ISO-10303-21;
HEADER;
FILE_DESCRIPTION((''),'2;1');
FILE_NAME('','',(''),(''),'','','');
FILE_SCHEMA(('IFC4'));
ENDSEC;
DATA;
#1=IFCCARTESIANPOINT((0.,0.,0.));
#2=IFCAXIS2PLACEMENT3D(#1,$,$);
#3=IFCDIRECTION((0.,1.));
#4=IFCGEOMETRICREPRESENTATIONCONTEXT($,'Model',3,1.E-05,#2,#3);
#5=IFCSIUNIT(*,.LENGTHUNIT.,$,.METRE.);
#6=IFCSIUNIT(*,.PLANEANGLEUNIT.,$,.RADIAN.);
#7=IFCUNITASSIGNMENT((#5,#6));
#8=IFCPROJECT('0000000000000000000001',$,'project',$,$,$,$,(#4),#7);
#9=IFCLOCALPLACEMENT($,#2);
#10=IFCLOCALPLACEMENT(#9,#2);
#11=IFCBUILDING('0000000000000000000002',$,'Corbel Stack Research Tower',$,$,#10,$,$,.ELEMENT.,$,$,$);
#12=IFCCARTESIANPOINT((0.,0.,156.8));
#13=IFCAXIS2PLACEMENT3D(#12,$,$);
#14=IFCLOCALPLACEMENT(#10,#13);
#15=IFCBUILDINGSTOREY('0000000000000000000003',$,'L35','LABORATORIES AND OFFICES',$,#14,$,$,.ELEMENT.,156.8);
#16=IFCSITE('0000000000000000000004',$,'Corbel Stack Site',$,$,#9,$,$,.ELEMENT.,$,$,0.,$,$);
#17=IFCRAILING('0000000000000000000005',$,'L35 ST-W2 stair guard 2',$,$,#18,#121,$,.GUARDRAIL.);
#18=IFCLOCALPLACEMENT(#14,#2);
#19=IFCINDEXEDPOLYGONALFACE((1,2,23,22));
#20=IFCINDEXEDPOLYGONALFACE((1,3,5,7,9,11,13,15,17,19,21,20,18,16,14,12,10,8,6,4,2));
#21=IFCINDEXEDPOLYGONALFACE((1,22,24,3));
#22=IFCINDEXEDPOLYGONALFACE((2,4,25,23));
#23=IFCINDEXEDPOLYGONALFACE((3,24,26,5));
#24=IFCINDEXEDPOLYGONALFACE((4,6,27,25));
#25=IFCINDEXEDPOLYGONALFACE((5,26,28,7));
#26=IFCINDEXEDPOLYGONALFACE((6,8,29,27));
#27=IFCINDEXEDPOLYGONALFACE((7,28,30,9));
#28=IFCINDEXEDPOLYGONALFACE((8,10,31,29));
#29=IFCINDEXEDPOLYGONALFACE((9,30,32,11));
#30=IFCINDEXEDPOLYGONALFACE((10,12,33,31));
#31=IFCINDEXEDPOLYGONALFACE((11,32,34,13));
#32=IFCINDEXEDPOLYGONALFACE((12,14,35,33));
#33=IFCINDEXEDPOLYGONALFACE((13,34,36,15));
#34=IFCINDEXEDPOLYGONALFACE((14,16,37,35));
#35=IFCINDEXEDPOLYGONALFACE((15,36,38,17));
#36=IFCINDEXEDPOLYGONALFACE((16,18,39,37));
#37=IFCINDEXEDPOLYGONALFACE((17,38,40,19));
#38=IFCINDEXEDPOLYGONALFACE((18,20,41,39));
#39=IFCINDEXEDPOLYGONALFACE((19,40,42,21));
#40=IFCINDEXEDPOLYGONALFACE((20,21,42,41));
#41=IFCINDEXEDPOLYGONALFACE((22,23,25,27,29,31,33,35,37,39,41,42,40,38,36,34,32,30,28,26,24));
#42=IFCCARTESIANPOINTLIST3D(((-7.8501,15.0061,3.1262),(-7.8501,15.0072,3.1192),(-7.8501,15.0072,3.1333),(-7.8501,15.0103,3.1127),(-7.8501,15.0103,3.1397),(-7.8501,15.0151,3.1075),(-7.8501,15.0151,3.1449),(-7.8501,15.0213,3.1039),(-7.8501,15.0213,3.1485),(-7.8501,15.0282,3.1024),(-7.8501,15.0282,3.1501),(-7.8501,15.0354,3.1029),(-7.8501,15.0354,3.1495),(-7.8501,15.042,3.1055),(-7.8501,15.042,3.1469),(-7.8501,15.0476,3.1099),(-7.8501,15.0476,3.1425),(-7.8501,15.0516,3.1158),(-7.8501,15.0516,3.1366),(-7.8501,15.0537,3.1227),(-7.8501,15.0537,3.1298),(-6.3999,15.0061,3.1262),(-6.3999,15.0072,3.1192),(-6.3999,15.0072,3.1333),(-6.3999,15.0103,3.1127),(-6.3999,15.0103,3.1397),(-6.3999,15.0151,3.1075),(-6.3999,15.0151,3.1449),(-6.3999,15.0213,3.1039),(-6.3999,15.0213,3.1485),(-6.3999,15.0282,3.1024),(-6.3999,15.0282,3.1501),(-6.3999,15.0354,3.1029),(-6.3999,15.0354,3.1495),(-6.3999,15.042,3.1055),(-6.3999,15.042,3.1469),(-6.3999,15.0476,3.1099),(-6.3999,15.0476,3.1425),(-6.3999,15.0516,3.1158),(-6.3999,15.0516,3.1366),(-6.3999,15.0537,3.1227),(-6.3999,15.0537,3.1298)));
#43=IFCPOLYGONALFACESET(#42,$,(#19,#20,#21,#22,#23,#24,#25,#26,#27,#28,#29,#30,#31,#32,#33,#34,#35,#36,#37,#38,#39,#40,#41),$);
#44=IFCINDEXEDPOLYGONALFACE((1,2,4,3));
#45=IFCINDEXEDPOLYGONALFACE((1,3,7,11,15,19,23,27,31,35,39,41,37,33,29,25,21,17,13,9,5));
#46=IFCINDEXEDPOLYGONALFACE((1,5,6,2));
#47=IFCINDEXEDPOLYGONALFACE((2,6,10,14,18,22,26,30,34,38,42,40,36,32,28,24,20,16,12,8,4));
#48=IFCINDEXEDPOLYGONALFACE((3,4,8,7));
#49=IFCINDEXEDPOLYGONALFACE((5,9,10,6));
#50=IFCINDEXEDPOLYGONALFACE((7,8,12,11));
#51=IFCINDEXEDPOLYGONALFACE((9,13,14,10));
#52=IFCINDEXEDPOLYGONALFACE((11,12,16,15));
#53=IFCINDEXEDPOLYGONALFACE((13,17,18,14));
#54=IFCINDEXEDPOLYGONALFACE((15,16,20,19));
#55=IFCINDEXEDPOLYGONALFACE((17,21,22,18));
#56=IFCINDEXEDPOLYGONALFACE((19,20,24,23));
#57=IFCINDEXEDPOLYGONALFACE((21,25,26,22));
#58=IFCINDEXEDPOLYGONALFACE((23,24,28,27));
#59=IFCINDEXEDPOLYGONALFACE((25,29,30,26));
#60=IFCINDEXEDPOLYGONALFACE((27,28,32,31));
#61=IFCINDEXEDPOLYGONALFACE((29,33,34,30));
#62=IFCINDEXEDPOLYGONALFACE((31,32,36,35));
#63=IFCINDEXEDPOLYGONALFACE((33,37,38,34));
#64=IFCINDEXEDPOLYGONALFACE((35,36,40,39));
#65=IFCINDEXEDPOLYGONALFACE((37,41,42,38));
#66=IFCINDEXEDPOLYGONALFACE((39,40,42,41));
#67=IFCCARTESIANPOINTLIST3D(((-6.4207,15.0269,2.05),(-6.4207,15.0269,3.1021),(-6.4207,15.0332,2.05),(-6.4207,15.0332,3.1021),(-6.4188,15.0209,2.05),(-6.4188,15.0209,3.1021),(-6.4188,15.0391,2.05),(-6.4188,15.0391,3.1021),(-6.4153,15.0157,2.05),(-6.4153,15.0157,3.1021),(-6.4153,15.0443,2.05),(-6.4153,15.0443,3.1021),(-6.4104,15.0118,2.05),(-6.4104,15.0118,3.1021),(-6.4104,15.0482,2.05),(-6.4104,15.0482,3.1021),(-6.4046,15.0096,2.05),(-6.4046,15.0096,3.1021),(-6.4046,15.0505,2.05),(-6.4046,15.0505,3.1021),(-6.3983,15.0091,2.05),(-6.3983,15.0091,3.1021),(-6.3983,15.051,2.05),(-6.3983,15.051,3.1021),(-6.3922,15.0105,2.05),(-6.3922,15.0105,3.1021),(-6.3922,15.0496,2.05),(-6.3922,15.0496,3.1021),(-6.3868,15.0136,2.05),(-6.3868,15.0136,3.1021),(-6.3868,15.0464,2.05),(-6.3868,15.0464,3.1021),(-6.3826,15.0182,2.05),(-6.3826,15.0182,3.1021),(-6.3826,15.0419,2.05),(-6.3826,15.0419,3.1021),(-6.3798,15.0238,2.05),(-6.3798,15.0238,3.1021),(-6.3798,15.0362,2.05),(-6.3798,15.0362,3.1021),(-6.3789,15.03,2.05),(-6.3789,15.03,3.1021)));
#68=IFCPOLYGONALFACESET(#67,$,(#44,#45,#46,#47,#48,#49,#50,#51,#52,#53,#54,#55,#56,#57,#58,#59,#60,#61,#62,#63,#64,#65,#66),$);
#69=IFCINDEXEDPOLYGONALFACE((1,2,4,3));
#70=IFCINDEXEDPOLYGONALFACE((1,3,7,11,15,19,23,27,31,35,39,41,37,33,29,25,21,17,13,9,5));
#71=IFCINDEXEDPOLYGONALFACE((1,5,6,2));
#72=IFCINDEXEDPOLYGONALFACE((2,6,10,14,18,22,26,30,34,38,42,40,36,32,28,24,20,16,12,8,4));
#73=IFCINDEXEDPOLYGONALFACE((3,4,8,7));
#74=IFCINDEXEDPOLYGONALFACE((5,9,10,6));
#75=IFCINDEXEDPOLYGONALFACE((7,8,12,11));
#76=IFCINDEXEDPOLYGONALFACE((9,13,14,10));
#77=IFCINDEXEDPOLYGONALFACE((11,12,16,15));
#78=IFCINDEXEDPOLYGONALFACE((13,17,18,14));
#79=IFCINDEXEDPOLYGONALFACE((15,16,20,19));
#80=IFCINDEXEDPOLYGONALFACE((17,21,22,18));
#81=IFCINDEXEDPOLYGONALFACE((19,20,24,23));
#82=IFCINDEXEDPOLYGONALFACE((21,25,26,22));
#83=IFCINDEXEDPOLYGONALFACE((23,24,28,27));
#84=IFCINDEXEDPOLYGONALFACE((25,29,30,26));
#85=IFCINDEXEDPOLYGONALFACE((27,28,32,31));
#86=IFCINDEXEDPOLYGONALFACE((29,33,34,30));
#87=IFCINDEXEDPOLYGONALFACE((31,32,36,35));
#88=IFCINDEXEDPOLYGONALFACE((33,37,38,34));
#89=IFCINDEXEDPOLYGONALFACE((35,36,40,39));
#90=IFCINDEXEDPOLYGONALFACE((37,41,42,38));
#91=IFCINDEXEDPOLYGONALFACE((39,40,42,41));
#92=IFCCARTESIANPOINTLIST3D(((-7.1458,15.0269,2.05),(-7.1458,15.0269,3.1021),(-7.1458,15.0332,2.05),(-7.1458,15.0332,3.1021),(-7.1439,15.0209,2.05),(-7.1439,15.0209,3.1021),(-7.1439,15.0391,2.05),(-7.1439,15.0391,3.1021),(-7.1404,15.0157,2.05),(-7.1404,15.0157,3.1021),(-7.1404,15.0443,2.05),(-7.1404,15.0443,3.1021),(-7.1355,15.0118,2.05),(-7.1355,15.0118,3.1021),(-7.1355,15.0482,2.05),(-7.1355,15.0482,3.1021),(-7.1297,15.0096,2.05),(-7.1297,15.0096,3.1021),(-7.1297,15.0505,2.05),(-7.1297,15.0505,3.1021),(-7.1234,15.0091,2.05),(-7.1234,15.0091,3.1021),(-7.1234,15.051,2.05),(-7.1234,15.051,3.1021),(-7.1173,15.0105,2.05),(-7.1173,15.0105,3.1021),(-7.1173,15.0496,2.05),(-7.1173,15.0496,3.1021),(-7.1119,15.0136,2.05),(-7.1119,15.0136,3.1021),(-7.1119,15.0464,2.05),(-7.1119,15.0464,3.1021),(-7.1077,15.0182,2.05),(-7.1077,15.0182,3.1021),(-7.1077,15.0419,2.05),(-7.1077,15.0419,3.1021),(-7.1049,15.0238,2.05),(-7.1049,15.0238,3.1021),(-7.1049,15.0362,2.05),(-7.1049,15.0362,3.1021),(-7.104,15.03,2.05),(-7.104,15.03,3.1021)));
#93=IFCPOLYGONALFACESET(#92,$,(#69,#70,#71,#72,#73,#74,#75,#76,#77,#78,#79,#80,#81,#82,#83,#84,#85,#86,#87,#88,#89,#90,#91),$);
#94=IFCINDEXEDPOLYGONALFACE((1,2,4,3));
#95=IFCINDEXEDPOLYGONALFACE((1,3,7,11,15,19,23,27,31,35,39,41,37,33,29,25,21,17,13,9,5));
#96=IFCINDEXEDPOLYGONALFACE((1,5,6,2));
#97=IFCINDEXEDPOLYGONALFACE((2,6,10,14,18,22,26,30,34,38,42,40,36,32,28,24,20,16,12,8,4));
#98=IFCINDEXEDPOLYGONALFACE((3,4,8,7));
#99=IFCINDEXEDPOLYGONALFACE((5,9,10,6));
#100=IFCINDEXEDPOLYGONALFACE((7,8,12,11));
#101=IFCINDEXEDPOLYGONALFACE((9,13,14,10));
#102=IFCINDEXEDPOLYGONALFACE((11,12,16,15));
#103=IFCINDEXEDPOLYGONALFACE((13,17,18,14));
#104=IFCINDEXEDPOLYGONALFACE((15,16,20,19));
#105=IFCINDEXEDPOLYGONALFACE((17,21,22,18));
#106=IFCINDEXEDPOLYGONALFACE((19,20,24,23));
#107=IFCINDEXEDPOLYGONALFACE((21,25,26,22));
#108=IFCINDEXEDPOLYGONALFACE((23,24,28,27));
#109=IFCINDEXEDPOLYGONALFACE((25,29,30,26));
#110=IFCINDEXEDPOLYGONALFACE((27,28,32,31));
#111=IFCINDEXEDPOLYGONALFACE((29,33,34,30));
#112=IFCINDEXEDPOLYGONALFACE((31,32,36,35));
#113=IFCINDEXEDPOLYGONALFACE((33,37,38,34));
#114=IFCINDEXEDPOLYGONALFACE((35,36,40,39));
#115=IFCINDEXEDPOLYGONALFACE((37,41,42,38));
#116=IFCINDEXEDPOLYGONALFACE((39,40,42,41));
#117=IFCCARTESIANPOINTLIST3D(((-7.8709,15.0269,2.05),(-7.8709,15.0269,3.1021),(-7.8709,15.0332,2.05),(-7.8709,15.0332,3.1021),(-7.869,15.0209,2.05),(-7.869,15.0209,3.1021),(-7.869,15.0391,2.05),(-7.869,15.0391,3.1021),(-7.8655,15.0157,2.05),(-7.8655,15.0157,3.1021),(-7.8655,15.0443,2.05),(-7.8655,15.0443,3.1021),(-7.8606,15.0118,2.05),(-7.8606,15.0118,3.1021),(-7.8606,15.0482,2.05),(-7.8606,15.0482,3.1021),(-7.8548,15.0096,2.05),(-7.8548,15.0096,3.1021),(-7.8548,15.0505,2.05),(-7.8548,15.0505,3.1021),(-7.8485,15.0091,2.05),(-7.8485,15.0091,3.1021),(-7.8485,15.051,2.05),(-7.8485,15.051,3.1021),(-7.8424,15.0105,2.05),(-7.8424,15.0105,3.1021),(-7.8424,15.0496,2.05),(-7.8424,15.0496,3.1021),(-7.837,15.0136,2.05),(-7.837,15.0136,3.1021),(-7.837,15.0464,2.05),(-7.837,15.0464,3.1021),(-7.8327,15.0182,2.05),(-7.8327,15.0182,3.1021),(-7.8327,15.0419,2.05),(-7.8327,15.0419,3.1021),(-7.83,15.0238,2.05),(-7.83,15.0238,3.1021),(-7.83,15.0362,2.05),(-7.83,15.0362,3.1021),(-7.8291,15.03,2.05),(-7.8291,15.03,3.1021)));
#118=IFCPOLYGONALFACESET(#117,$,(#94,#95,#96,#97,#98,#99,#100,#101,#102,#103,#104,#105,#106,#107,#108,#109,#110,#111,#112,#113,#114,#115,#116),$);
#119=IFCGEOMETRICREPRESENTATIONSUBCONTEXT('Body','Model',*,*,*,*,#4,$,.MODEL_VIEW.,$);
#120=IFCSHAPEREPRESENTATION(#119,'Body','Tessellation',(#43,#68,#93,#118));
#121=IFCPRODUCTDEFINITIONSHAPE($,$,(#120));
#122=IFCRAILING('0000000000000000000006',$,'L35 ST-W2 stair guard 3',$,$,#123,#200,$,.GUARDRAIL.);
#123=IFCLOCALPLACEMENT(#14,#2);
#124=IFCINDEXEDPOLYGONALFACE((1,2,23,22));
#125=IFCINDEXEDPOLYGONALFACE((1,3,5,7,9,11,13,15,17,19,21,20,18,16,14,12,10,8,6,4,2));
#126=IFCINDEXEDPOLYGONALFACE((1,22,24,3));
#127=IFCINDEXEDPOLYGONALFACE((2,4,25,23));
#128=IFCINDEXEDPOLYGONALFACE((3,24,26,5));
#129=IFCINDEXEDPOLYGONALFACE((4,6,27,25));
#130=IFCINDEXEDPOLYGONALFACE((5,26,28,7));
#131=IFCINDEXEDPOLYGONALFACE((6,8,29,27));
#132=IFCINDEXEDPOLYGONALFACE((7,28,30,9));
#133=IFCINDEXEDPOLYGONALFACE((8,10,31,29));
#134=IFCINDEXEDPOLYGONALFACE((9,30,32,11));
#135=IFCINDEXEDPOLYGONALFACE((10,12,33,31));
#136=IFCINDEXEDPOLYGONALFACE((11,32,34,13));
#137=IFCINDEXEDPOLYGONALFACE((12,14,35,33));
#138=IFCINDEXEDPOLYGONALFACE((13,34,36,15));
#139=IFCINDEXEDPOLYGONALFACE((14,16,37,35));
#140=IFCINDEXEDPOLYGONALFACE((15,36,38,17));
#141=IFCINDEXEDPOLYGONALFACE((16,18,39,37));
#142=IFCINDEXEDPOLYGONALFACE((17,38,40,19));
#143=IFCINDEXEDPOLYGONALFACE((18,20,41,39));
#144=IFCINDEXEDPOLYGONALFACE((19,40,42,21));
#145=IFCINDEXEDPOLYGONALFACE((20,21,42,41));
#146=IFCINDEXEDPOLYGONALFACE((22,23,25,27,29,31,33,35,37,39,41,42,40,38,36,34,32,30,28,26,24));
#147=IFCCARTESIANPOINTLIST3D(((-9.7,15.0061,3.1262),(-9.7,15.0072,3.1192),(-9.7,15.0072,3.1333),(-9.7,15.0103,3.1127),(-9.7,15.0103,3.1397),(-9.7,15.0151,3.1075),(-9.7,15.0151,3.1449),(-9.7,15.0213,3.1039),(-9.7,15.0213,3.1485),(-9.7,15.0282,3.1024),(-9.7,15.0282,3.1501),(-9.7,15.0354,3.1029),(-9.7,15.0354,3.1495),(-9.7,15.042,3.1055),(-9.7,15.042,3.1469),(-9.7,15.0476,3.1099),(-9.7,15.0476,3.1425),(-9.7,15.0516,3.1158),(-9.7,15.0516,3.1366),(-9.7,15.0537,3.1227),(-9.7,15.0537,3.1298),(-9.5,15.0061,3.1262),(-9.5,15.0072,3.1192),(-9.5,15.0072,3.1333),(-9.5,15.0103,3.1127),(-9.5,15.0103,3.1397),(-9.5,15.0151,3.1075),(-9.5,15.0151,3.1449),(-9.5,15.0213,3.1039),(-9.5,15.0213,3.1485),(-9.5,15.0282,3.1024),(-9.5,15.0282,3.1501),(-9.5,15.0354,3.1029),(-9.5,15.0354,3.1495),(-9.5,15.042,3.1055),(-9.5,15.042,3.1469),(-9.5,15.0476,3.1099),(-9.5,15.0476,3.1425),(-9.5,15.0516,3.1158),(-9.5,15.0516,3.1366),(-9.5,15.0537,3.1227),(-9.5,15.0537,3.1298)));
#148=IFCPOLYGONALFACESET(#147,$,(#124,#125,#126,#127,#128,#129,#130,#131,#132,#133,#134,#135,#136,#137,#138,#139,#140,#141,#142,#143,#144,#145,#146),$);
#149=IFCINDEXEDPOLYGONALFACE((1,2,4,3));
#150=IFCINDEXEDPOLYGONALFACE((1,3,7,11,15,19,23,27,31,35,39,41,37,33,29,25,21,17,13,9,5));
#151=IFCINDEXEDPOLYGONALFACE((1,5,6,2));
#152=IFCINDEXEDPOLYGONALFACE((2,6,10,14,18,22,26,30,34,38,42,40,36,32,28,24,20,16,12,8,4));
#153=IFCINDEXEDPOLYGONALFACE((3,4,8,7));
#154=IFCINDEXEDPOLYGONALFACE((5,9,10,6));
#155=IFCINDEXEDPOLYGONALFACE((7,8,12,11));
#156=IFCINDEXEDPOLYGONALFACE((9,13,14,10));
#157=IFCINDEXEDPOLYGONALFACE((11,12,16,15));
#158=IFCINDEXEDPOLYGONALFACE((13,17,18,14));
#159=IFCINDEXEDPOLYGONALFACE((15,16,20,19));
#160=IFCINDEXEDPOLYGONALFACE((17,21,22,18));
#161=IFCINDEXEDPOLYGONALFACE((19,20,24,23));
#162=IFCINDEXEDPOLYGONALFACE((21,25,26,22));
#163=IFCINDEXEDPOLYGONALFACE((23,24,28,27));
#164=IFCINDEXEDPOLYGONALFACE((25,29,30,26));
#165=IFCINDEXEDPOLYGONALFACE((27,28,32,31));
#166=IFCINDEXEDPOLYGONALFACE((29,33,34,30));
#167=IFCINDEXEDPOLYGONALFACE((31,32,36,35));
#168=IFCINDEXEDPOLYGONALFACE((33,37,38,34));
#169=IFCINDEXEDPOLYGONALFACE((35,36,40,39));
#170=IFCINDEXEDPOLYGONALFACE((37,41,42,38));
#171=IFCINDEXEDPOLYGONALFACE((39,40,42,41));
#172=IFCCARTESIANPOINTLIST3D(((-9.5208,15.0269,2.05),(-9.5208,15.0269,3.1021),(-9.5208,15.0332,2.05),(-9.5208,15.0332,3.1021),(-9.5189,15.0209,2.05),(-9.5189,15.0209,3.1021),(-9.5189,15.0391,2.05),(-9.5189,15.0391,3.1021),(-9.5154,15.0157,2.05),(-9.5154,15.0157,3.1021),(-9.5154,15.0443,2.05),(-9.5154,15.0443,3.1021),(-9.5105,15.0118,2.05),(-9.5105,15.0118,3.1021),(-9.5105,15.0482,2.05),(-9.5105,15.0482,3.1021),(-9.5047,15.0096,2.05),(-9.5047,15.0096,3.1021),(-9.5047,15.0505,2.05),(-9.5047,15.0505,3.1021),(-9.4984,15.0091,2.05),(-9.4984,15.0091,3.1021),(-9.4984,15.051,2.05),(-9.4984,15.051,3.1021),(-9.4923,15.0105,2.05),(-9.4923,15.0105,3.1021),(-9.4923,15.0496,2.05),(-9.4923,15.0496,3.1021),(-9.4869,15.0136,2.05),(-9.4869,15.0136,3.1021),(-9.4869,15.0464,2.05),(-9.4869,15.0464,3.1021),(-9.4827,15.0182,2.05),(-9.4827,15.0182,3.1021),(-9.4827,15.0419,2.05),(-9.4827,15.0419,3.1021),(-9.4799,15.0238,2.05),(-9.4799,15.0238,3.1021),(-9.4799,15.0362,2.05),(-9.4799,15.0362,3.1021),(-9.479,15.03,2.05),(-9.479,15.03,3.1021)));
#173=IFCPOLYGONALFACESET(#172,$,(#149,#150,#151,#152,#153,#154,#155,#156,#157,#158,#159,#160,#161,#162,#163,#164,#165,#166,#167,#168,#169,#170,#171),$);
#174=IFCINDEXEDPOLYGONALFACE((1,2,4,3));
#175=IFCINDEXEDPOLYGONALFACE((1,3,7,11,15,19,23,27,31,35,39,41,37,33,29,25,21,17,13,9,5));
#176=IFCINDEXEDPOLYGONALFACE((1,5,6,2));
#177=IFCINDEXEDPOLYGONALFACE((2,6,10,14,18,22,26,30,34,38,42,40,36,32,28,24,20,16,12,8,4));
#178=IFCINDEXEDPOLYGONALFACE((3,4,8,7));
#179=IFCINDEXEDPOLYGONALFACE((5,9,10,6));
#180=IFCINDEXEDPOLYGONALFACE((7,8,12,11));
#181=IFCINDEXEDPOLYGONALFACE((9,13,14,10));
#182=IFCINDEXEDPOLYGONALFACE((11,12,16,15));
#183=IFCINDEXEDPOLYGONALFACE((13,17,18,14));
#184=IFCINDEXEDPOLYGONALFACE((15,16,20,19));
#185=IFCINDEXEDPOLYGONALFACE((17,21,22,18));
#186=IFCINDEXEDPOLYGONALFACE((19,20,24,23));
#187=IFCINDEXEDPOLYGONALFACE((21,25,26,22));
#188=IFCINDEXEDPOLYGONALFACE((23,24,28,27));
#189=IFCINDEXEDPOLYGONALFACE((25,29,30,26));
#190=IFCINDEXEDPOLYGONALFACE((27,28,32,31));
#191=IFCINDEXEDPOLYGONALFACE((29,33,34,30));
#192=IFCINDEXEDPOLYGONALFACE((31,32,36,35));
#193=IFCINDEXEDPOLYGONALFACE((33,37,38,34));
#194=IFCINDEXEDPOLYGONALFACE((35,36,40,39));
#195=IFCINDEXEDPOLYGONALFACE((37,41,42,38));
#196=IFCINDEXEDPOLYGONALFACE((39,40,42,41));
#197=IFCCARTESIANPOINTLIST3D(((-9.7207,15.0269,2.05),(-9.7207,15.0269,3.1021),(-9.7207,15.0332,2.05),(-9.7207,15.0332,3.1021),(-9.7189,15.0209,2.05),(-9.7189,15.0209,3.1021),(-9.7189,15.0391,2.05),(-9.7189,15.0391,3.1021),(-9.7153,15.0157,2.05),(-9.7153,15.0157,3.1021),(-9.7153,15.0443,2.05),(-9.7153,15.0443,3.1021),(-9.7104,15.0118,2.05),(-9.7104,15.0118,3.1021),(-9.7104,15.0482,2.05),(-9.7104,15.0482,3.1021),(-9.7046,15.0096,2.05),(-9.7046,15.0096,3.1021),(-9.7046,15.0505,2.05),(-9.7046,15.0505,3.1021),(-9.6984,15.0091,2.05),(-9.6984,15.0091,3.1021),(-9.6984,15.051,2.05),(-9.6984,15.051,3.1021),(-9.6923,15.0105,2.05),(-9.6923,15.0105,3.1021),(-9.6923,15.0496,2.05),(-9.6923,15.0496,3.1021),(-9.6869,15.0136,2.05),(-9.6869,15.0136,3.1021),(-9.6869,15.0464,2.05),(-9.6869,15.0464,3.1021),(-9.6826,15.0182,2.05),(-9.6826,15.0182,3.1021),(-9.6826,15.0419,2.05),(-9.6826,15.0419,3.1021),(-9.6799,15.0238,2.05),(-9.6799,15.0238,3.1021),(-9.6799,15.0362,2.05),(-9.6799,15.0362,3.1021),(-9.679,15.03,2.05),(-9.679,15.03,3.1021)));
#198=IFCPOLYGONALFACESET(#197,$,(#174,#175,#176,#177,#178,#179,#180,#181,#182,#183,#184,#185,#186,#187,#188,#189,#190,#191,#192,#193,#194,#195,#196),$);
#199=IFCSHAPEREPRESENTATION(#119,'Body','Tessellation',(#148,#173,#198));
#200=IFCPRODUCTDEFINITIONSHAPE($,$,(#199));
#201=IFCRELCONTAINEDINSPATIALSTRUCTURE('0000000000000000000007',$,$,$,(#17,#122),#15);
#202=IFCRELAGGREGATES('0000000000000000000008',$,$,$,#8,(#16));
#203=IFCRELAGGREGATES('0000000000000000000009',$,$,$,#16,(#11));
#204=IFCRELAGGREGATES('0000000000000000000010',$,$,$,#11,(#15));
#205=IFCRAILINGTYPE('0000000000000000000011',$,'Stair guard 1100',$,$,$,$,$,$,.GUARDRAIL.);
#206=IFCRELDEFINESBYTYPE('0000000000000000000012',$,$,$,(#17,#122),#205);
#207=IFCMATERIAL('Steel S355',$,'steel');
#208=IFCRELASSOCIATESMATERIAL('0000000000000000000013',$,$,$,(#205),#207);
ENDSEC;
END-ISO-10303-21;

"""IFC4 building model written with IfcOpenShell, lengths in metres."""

from ifc_helpers import new_model, si_unit, direction, frame, origin, origin_2d, place, context, subcontext, project, spatial, circle, extrude, material, type_object, element, save


model = new_model("IFC4")

# Units and contexts
model_context = context("Model", 3, precision=1e-05, world=origin(), true_north=direction((0.0, 1.0)))
body_context = subcontext(model_context, "Body", "Model", "MODEL_VIEW")
ifc_project = project(units=[si_unit("LENGTHUNIT", "METRE"), si_unit("PLANEANGLEUNIT", "RADIAN")], contexts=[model_context])

# Site, building, storey
site_placement = place(None, origin())
site = spatial("IfcSite", under=ifc_project, at=site_placement, Name="Corbel Stack Site", CompositionType="ELEMENT", RefElevation=0.0)
building_placement = place(site_placement, origin())
building = spatial("IfcBuilding", under=site, at=building_placement, Name="Corbel Stack Research Tower", CompositionType="ELEMENT")
storey_placement = place(building_placement, frame((0.0, 0.0, 156.8)))
storey = spatial("IfcBuildingStorey", under=building, at=storey_placement, Name="L35", Description="LABORATORIES AND OFFICES", CompositionType="ELEMENT", Elevation=156.8)

# Railings
ifc_material_1 = material(Name="Steel S355", Category="steel")
railing_type_1 = type_object("IfcRailingType", Name="Stair guard 1100", PredefinedType="GUARDRAIL", material=ifc_material_1)
railing_1_placement = place(storey_placement, frame((-6.3999, 15.03, 2.05)))
element("IfcRailing", 1, at=railing_1_placement, inside=storey, type_object=railing_type_1, Name="L35 ST-W2 stair guard 2", PredefinedType="GUARDRAIL", context=body_context, shape_type="SweptSolid", body=[
    extrude(circle(Radius=0.0239, at=origin_2d()), frame((0.0, 0.0, 1.0762), z_axis=(-1.0, 0.0, 0.0), x_axis=(0.0, -1.0, 0.0)), (0.0, 0.0, 1.0), 1.4502),
    extrude(circle(Radius=0.021, at=origin_2d()), origin(), (0.0, 0.0, 1.0), 1.052),
    extrude(circle(Radius=0.021, at=origin_2d()), frame((-0.7251, 0.0, 0.0)), (0.0, 0.0, 1.0), 1.052),
    extrude(circle(Radius=0.021, at=origin_2d()), frame((-1.4502, 0.0, 0.0)), (0.0, 0.0, 1.0), 1.052),
])
railing_2_placement = place(storey_placement, frame((-9.5, 15.03, 2.05)))
element("IfcRailing", 2, at=railing_2_placement, inside=storey, type_object=railing_type_1, Name="L35 ST-W2 stair guard 3", PredefinedType="GUARDRAIL", context=body_context, shape_type="SweptSolid", body=[
    extrude(circle(Radius=0.0239, at=origin_2d()), frame((0.0, 0.0, 1.0762), z_axis=(-1.0, 0.0, 0.0), x_axis=(0.0, -1.0, 0.0)), (0.0, 0.0, 1.0), 0.2),
    extrude(circle(Radius=0.021, at=origin_2d()), origin(), (0.0, 0.0, 1.0), 1.052),
    extrude(circle(Radius=0.021, at=origin_2d()), frame((-0.2, 0.0, 0.0)), (0.0, 0.0, 1.0), 1.052),
])

save(model, "model.ifc")
